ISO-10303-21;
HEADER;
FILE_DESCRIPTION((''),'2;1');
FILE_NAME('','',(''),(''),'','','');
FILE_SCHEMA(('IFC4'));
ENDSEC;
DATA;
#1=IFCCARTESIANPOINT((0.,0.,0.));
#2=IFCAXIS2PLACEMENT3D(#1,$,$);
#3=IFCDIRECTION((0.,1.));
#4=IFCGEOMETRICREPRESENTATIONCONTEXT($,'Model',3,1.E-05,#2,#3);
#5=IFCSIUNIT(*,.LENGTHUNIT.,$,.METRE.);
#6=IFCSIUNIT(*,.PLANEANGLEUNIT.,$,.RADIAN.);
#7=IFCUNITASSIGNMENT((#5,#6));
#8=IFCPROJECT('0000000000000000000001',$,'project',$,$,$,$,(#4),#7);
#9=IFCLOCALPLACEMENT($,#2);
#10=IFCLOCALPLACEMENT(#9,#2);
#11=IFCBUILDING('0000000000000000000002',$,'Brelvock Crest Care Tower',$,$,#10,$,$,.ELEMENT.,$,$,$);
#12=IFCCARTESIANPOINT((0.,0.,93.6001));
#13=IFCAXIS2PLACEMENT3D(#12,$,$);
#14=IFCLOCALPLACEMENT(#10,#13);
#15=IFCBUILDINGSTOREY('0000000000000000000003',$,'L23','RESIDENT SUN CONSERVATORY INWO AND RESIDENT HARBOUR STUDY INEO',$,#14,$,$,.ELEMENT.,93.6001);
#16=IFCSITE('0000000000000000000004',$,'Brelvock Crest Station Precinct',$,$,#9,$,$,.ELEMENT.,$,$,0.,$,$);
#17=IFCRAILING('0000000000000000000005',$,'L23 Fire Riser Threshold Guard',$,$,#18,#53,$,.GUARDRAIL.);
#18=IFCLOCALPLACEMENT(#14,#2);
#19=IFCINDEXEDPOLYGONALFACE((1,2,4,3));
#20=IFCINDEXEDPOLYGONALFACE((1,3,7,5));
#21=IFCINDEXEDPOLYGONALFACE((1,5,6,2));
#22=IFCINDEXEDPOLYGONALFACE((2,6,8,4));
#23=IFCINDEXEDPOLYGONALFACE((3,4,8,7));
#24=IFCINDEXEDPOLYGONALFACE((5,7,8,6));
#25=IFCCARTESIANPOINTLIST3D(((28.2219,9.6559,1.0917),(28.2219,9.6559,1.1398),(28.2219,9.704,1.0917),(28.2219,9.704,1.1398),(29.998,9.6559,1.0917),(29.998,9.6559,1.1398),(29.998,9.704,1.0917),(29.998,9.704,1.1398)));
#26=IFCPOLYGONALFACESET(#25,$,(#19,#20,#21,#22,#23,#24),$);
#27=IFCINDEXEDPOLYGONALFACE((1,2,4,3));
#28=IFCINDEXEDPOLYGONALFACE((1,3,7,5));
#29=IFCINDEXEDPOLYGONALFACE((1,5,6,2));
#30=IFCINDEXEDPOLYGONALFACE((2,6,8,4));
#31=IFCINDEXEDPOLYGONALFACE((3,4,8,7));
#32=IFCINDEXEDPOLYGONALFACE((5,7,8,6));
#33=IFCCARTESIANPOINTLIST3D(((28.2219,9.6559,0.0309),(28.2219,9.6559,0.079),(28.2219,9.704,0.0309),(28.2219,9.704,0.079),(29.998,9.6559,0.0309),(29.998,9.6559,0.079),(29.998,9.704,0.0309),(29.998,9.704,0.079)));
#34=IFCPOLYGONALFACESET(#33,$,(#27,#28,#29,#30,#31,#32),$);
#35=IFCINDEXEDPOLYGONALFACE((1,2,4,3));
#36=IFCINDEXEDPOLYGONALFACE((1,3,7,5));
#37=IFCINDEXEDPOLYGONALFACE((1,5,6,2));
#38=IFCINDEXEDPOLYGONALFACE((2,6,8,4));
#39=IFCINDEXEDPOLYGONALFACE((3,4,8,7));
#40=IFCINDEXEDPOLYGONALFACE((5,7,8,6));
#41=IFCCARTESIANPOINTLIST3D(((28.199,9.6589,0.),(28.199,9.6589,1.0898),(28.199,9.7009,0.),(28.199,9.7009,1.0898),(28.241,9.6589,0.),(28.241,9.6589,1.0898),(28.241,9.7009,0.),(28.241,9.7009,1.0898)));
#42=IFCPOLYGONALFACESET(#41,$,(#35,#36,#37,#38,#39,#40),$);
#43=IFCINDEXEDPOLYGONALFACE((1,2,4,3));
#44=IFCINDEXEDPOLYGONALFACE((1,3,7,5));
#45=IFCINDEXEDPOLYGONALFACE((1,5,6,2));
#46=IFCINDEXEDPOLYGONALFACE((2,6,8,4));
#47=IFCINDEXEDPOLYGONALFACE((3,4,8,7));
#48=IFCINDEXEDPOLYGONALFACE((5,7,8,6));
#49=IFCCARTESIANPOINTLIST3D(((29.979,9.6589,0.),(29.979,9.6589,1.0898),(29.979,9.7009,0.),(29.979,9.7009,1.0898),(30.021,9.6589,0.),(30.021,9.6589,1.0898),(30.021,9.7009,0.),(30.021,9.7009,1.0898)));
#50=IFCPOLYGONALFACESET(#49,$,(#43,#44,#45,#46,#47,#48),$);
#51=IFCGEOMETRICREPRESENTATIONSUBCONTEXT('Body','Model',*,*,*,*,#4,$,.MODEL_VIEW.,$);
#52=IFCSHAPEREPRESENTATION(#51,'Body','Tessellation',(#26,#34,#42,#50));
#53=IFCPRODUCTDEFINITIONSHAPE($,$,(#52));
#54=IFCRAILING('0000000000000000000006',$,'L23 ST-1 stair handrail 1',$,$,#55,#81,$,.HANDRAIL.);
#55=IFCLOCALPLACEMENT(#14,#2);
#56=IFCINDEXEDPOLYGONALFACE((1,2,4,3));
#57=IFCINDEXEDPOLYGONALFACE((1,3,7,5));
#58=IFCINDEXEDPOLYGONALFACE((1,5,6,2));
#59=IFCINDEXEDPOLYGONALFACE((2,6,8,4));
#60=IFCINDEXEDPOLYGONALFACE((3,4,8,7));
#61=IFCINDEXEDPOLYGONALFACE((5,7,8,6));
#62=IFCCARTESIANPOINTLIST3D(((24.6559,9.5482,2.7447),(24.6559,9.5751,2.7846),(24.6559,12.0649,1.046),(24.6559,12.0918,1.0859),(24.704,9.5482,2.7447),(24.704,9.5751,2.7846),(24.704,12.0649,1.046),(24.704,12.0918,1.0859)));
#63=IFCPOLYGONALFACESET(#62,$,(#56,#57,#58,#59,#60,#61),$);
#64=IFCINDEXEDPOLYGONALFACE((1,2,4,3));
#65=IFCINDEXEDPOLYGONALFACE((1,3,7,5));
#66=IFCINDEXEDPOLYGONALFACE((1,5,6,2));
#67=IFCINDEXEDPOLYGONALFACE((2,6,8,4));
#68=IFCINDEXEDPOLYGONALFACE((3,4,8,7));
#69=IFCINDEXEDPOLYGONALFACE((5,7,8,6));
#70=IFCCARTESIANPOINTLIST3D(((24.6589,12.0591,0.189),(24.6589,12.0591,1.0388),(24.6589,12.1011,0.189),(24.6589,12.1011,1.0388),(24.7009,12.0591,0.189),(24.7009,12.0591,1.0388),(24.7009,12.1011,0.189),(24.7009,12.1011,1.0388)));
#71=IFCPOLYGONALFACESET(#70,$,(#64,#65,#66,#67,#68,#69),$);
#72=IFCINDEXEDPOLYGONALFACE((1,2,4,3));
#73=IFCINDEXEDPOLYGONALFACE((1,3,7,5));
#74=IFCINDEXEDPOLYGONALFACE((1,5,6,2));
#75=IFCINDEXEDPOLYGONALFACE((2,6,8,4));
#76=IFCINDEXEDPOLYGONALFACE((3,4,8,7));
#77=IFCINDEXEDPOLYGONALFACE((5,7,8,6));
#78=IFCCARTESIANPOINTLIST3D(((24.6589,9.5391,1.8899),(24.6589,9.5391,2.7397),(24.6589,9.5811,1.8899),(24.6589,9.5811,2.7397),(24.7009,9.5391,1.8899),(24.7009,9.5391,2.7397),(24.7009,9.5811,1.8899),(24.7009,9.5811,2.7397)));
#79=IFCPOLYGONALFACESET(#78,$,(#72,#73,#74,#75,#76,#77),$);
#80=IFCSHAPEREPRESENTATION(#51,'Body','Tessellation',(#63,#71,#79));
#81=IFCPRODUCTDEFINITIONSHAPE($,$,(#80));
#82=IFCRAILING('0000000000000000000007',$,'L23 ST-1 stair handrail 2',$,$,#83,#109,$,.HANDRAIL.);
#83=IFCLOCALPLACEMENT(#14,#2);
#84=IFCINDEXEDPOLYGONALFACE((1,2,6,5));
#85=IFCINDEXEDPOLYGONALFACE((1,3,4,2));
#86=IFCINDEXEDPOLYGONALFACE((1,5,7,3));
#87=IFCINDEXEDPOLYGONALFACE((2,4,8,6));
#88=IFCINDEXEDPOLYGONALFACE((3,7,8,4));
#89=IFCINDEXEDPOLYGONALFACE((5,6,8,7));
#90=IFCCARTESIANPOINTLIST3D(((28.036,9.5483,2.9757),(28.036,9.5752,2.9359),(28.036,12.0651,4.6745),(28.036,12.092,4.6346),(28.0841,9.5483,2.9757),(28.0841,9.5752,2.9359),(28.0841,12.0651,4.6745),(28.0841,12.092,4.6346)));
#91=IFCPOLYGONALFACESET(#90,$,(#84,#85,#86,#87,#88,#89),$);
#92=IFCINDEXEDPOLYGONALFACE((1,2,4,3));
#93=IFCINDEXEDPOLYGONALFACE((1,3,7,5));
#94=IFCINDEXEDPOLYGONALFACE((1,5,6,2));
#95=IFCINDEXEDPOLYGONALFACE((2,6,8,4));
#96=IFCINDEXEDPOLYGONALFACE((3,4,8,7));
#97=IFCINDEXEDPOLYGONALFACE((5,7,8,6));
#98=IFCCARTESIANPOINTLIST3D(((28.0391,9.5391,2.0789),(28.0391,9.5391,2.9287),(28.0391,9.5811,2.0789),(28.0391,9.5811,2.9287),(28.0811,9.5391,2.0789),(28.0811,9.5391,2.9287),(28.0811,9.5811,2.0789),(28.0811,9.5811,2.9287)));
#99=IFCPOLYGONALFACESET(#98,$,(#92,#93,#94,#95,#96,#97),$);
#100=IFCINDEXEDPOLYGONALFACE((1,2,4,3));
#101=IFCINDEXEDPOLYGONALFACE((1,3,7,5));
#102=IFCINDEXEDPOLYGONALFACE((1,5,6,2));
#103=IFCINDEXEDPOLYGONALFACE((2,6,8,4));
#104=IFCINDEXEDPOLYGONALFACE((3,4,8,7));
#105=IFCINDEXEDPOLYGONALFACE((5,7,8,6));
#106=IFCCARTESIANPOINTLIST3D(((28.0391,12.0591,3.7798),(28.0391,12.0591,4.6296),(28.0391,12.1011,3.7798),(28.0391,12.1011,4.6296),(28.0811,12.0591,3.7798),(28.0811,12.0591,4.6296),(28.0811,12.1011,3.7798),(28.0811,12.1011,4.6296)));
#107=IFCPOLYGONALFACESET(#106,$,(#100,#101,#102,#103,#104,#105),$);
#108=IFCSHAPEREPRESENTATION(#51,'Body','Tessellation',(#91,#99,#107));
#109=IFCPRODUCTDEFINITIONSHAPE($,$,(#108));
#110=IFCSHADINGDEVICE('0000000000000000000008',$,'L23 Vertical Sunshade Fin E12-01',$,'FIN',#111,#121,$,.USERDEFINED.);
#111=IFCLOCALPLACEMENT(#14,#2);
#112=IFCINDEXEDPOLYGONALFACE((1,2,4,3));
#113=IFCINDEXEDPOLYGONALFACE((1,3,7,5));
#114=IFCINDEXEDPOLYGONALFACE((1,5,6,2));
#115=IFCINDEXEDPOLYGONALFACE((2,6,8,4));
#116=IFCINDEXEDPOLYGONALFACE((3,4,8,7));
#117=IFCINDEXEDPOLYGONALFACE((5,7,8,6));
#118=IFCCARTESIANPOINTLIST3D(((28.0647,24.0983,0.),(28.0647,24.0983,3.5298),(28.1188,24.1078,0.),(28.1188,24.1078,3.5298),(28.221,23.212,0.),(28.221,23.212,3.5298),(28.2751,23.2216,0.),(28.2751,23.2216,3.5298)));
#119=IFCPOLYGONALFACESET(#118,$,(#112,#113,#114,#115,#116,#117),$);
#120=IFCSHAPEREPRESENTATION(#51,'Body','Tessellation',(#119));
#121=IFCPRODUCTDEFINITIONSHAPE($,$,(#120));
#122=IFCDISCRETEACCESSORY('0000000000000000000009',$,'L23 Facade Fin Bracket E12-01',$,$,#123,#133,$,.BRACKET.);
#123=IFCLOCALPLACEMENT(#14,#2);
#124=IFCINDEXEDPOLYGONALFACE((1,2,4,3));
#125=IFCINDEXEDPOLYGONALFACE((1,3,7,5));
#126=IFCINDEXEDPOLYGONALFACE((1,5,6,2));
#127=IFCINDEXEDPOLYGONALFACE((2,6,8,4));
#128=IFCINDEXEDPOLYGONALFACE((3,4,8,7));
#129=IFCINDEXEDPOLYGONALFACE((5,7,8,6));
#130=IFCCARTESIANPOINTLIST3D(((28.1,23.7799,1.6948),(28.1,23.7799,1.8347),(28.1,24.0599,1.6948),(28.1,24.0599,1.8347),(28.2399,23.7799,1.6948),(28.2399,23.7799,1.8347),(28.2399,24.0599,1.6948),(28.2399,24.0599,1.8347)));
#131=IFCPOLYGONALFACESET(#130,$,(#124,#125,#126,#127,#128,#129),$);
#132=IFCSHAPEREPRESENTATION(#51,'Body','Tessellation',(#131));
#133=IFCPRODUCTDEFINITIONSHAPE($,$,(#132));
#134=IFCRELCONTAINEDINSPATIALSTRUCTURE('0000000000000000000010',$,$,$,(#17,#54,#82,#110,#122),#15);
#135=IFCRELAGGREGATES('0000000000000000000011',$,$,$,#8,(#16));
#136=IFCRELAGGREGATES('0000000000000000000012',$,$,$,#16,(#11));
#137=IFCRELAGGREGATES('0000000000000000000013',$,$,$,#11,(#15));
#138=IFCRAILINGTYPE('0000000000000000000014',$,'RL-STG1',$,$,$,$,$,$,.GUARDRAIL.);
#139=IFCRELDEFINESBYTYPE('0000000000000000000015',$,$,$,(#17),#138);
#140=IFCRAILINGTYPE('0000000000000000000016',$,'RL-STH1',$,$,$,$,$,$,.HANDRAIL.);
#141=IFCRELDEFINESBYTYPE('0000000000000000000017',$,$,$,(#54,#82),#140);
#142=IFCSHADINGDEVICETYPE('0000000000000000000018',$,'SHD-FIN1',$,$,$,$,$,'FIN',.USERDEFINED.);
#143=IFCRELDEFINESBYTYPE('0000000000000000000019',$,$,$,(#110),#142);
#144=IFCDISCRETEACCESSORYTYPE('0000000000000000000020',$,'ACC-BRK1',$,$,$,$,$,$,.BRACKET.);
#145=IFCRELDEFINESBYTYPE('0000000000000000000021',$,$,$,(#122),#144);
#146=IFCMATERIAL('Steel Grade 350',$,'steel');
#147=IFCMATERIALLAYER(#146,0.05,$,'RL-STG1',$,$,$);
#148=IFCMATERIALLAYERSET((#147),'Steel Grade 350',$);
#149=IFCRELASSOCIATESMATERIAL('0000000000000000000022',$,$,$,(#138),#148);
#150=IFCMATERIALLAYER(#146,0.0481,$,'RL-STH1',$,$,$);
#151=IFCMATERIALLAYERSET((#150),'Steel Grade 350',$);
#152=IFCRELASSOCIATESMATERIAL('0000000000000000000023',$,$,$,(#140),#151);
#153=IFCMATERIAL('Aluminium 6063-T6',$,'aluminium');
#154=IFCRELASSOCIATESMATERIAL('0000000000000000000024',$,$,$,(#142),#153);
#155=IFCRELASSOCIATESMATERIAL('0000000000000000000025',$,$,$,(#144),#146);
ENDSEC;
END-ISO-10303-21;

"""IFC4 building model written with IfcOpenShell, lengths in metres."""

from ifc_helpers import new_model, si_unit, direction, frame, origin, origin_2d, place, context, subcontext, project, spatial, rectangle, extrude, source, transform, mapped, material, layer, layer_set, material_profile, profile_set, type_object, element, save


model = new_model("IFC4")

# Units and contexts
model_context = context("Model", 3, precision=1e-05, world=origin(), true_north=direction((0.0, 1.0)))
body_context = subcontext(model_context, "Body", "Model", "MODEL_VIEW")
ifc_project = project(units=[si_unit("LENGTHUNIT", "METRE"), si_unit("PLANEANGLEUNIT", "RADIAN")], contexts=[model_context])

# Site, building, storey
site_placement = place(None, origin())
site = spatial("IfcSite", under=ifc_project, at=site_placement, Name="Brelvock Crest Station Precinct", CompositionType="ELEMENT", RefElevation=0.0)
building_placement = place(site_placement, origin())
building = spatial("IfcBuilding", under=site, at=building_placement, Name="Brelvock Crest Care Tower", CompositionType="ELEMENT")
storey_placement = place(building_placement, frame((0.0, 0.0, 93.6001)))
storey = spatial("IfcBuildingStorey", under=building, at=storey_placement, Name="L23", Description="RESIDENT SUN CONSERVATORY INWO AND RESIDENT HARBOUR STUDY INEO", CompositionType="ELEMENT", Elevation=93.6001)

# Shared definitions
ifc_material_1 = material(Name="Steel Grade 350", Category="steel")

# Railings
ifc_layer_1 = layer(ifc_material_1, 0.05, Name="RL-STG1")
ifc_layer_set_1 = layer_set([ifc_layer_1], Name="Steel Grade 350")
railing_type_1 = type_object("IfcRailingType", Name="RL-STG1", PredefinedType="GUARDRAIL", material=ifc_layer_set_1)
railing_1_placement = place(storey_placement, frame((28.22, 9.6799, 0.0)))
element("IfcRailing", 1, at=railing_1_placement, inside=storey, type_object=railing_type_1, Name="L23 Fire Riser Threshold Guard", PredefinedType="GUARDRAIL", context=body_context, shape_type="SweptSolid", body=[
    extrude(rectangle(XDim=0.0481, YDim=0.0481, at=origin_2d()), frame((0.002, 0.0, 1.1157), z_axis=(1.0, 0.0, 0.0), x_axis=(0.0, 1.0, 0.0)), (0.0, 0.0, 1.0), 1.7761),
    extrude(rectangle(XDim=0.0481, YDim=0.0481, at=origin_2d()), frame((0.002, 0.0, 0.0549), z_axis=(1.0, 0.0, 0.0), x_axis=(0.0, 1.0, 0.0)), (0.0, 0.0, 1.0), 1.7761),
    extrude(rectangle(XDim=0.042, YDim=0.042, at=origin_2d()), origin(), (0.0, 0.0, 1.0), 1.0898),
    extrude(rectangle(XDim=0.042, YDim=0.042, at=origin_2d()), frame((1.78, 0.0, 0.0)), (0.0, 0.0, 1.0), 1.0898),
])
ifc_layer_2 = layer(ifc_material_1, 0.0481, Name="RL-STH1")
ifc_layer_set_2 = layer_set([ifc_layer_2], Name="Steel Grade 350")
railing_type_2 = type_object("IfcRailingType", Name="RL-STH1", PredefinedType="HANDRAIL", material=ifc_layer_set_2)
railing_2_placement = place(storey_placement, frame((24.6799, 12.0801, 0.189)))
element("IfcRailing", 2, at=railing_2_placement, inside=storey, type_object=railing_type_2, Name="L23 ST-1 stair handrail 1", PredefinedType="HANDRAIL", context=body_context, shape_type="SweptSolid", body=[
    extrude(rectangle(XDim=0.0481, YDim=0.0481, at=origin_2d()), frame((0.0, -0.0017, 0.877), z_axis=(0.0, -0.828862, 0.559454), x_axis=(1.0, 0.0, 0.0)), (0.0, 0.0, 1.0), 3.0364),
    extrude(rectangle(XDim=0.042, YDim=0.042, at=origin_2d()), origin(), (0.0, 0.0, 1.0), 0.8499),
    extrude(rectangle(XDim=0.042, YDim=0.042, at=origin_2d()), frame((0.0, -2.52, 1.7009)), (0.0, 0.0, 1.0), 0.8499),
])
railing_3_placement = place(storey_placement, frame((28.0601, 9.5601, 2.0789)))
element("IfcRailing", 3, at=railing_3_placement, inside=storey, type_object=railing_type_2, Name="L23 ST-1 stair handrail 2", PredefinedType="HANDRAIL", context=body_context, shape_type="SweptSolid", body=[
    extrude(rectangle(XDim=0.0481, YDim=0.0481, at=origin_2d()), frame((0.0, 0.0017, 0.877), z_axis=(0.0, 0.828862, 0.559454), x_axis=(-1.0, 0.0, 0.0)), (0.0, 0.0, 1.0), 3.0364),
    extrude(rectangle(XDim=0.042, YDim=0.042, at=origin_2d()), origin(), (0.0, 0.0, 1.0), 0.8499),
    extrude(rectangle(XDim=0.042, YDim=0.042, at=origin_2d()), frame((0.0, 2.52, 1.7009)), (0.0, 0.0, 1.0), 0.8499),
])

# Shading device
ifc_material_2 = material(Name="Aluminium 6063-T6", Category="aluminium")
ifc_material_profile_1 = material_profile(ifc_material_2, rectangle(XDim=0.0549, YDim=0.8999, at=origin_2d()), Name="FIN55x900")
ifc_profile_set_1 = profile_set([ifc_material_profile_1], Name="Aluminium 6063-T6")
shading_device_type = type_object("IfcShadingDeviceType", Name="SHD-FIN1", ElementType="FIN", PredefinedType="USERDEFINED", material=ifc_profile_set_1)
shared_shape_1 = source(origin(), body_context, "Body", "SweptSolid", [
    extrude(rectangle(XDim=0.0549, YDim=0.8999, at=origin_2d()), origin(), (0.0, 0.0, 1.0), 3.5298),
])
shading_device_placement = place(storey_placement, frame((28.1699, 23.6599, 0.0), z_axis=(0.0, 0.0, 1.0), x_axis=(-0.984808, -0.173648, 0.0)))
element("IfcShadingDevice", 4, at=shading_device_placement, inside=storey, type_object=shading_device_type, Name="L23 Vertical Sunshade Fin E12-01", ObjectType="FIN", PredefinedType="USERDEFINED", context=body_context, shape_type="MappedRepresentation", body=[
    mapped(shared_shape_1, transform((0.0, 0.0, 0.0), x_axis=(1.0, 0.0, 0.0), y_axis=(0.0, 1.0, 0.0), z_axis=(0.0, 0.0, 1.0), scale=1.0)),
])

# Discrete accessory
discrete_accessory_type = type_object("IfcDiscreteAccessoryType", Name="ACC-BRK1", PredefinedType="BRACKET", material=ifc_material_1)
shared_shape_2 = source(origin(), body_context, "Body", "SweptSolid", [
    extrude(rectangle(XDim=0.28, YDim=0.1399, at=origin_2d()), origin(), (0.0, 0.0, 1.0), 0.1399),
])
discrete_accessory_placement = place(storey_placement, frame((28.1699, 23.9199, 1.6948), z_axis=(0.0, 0.0, 1.0), x_axis=(0.0, -1.0, 0.0)))
element("IfcDiscreteAccessory", 5, at=discrete_accessory_placement, inside=storey, type_object=discrete_accessory_type, Name="L23 Facade Fin Bracket E12-01", PredefinedType="BRACKET", context=body_context, shape_type="MappedRepresentation", body=[
    mapped(shared_shape_2, transform((0.0, 0.0, 0.0), x_axis=(1.0, 0.0, 0.0), y_axis=(0.0, 1.0, 0.0), z_axis=(0.0, 0.0, 1.0), scale=1.0)),
])

save(model, "model.ifc")
